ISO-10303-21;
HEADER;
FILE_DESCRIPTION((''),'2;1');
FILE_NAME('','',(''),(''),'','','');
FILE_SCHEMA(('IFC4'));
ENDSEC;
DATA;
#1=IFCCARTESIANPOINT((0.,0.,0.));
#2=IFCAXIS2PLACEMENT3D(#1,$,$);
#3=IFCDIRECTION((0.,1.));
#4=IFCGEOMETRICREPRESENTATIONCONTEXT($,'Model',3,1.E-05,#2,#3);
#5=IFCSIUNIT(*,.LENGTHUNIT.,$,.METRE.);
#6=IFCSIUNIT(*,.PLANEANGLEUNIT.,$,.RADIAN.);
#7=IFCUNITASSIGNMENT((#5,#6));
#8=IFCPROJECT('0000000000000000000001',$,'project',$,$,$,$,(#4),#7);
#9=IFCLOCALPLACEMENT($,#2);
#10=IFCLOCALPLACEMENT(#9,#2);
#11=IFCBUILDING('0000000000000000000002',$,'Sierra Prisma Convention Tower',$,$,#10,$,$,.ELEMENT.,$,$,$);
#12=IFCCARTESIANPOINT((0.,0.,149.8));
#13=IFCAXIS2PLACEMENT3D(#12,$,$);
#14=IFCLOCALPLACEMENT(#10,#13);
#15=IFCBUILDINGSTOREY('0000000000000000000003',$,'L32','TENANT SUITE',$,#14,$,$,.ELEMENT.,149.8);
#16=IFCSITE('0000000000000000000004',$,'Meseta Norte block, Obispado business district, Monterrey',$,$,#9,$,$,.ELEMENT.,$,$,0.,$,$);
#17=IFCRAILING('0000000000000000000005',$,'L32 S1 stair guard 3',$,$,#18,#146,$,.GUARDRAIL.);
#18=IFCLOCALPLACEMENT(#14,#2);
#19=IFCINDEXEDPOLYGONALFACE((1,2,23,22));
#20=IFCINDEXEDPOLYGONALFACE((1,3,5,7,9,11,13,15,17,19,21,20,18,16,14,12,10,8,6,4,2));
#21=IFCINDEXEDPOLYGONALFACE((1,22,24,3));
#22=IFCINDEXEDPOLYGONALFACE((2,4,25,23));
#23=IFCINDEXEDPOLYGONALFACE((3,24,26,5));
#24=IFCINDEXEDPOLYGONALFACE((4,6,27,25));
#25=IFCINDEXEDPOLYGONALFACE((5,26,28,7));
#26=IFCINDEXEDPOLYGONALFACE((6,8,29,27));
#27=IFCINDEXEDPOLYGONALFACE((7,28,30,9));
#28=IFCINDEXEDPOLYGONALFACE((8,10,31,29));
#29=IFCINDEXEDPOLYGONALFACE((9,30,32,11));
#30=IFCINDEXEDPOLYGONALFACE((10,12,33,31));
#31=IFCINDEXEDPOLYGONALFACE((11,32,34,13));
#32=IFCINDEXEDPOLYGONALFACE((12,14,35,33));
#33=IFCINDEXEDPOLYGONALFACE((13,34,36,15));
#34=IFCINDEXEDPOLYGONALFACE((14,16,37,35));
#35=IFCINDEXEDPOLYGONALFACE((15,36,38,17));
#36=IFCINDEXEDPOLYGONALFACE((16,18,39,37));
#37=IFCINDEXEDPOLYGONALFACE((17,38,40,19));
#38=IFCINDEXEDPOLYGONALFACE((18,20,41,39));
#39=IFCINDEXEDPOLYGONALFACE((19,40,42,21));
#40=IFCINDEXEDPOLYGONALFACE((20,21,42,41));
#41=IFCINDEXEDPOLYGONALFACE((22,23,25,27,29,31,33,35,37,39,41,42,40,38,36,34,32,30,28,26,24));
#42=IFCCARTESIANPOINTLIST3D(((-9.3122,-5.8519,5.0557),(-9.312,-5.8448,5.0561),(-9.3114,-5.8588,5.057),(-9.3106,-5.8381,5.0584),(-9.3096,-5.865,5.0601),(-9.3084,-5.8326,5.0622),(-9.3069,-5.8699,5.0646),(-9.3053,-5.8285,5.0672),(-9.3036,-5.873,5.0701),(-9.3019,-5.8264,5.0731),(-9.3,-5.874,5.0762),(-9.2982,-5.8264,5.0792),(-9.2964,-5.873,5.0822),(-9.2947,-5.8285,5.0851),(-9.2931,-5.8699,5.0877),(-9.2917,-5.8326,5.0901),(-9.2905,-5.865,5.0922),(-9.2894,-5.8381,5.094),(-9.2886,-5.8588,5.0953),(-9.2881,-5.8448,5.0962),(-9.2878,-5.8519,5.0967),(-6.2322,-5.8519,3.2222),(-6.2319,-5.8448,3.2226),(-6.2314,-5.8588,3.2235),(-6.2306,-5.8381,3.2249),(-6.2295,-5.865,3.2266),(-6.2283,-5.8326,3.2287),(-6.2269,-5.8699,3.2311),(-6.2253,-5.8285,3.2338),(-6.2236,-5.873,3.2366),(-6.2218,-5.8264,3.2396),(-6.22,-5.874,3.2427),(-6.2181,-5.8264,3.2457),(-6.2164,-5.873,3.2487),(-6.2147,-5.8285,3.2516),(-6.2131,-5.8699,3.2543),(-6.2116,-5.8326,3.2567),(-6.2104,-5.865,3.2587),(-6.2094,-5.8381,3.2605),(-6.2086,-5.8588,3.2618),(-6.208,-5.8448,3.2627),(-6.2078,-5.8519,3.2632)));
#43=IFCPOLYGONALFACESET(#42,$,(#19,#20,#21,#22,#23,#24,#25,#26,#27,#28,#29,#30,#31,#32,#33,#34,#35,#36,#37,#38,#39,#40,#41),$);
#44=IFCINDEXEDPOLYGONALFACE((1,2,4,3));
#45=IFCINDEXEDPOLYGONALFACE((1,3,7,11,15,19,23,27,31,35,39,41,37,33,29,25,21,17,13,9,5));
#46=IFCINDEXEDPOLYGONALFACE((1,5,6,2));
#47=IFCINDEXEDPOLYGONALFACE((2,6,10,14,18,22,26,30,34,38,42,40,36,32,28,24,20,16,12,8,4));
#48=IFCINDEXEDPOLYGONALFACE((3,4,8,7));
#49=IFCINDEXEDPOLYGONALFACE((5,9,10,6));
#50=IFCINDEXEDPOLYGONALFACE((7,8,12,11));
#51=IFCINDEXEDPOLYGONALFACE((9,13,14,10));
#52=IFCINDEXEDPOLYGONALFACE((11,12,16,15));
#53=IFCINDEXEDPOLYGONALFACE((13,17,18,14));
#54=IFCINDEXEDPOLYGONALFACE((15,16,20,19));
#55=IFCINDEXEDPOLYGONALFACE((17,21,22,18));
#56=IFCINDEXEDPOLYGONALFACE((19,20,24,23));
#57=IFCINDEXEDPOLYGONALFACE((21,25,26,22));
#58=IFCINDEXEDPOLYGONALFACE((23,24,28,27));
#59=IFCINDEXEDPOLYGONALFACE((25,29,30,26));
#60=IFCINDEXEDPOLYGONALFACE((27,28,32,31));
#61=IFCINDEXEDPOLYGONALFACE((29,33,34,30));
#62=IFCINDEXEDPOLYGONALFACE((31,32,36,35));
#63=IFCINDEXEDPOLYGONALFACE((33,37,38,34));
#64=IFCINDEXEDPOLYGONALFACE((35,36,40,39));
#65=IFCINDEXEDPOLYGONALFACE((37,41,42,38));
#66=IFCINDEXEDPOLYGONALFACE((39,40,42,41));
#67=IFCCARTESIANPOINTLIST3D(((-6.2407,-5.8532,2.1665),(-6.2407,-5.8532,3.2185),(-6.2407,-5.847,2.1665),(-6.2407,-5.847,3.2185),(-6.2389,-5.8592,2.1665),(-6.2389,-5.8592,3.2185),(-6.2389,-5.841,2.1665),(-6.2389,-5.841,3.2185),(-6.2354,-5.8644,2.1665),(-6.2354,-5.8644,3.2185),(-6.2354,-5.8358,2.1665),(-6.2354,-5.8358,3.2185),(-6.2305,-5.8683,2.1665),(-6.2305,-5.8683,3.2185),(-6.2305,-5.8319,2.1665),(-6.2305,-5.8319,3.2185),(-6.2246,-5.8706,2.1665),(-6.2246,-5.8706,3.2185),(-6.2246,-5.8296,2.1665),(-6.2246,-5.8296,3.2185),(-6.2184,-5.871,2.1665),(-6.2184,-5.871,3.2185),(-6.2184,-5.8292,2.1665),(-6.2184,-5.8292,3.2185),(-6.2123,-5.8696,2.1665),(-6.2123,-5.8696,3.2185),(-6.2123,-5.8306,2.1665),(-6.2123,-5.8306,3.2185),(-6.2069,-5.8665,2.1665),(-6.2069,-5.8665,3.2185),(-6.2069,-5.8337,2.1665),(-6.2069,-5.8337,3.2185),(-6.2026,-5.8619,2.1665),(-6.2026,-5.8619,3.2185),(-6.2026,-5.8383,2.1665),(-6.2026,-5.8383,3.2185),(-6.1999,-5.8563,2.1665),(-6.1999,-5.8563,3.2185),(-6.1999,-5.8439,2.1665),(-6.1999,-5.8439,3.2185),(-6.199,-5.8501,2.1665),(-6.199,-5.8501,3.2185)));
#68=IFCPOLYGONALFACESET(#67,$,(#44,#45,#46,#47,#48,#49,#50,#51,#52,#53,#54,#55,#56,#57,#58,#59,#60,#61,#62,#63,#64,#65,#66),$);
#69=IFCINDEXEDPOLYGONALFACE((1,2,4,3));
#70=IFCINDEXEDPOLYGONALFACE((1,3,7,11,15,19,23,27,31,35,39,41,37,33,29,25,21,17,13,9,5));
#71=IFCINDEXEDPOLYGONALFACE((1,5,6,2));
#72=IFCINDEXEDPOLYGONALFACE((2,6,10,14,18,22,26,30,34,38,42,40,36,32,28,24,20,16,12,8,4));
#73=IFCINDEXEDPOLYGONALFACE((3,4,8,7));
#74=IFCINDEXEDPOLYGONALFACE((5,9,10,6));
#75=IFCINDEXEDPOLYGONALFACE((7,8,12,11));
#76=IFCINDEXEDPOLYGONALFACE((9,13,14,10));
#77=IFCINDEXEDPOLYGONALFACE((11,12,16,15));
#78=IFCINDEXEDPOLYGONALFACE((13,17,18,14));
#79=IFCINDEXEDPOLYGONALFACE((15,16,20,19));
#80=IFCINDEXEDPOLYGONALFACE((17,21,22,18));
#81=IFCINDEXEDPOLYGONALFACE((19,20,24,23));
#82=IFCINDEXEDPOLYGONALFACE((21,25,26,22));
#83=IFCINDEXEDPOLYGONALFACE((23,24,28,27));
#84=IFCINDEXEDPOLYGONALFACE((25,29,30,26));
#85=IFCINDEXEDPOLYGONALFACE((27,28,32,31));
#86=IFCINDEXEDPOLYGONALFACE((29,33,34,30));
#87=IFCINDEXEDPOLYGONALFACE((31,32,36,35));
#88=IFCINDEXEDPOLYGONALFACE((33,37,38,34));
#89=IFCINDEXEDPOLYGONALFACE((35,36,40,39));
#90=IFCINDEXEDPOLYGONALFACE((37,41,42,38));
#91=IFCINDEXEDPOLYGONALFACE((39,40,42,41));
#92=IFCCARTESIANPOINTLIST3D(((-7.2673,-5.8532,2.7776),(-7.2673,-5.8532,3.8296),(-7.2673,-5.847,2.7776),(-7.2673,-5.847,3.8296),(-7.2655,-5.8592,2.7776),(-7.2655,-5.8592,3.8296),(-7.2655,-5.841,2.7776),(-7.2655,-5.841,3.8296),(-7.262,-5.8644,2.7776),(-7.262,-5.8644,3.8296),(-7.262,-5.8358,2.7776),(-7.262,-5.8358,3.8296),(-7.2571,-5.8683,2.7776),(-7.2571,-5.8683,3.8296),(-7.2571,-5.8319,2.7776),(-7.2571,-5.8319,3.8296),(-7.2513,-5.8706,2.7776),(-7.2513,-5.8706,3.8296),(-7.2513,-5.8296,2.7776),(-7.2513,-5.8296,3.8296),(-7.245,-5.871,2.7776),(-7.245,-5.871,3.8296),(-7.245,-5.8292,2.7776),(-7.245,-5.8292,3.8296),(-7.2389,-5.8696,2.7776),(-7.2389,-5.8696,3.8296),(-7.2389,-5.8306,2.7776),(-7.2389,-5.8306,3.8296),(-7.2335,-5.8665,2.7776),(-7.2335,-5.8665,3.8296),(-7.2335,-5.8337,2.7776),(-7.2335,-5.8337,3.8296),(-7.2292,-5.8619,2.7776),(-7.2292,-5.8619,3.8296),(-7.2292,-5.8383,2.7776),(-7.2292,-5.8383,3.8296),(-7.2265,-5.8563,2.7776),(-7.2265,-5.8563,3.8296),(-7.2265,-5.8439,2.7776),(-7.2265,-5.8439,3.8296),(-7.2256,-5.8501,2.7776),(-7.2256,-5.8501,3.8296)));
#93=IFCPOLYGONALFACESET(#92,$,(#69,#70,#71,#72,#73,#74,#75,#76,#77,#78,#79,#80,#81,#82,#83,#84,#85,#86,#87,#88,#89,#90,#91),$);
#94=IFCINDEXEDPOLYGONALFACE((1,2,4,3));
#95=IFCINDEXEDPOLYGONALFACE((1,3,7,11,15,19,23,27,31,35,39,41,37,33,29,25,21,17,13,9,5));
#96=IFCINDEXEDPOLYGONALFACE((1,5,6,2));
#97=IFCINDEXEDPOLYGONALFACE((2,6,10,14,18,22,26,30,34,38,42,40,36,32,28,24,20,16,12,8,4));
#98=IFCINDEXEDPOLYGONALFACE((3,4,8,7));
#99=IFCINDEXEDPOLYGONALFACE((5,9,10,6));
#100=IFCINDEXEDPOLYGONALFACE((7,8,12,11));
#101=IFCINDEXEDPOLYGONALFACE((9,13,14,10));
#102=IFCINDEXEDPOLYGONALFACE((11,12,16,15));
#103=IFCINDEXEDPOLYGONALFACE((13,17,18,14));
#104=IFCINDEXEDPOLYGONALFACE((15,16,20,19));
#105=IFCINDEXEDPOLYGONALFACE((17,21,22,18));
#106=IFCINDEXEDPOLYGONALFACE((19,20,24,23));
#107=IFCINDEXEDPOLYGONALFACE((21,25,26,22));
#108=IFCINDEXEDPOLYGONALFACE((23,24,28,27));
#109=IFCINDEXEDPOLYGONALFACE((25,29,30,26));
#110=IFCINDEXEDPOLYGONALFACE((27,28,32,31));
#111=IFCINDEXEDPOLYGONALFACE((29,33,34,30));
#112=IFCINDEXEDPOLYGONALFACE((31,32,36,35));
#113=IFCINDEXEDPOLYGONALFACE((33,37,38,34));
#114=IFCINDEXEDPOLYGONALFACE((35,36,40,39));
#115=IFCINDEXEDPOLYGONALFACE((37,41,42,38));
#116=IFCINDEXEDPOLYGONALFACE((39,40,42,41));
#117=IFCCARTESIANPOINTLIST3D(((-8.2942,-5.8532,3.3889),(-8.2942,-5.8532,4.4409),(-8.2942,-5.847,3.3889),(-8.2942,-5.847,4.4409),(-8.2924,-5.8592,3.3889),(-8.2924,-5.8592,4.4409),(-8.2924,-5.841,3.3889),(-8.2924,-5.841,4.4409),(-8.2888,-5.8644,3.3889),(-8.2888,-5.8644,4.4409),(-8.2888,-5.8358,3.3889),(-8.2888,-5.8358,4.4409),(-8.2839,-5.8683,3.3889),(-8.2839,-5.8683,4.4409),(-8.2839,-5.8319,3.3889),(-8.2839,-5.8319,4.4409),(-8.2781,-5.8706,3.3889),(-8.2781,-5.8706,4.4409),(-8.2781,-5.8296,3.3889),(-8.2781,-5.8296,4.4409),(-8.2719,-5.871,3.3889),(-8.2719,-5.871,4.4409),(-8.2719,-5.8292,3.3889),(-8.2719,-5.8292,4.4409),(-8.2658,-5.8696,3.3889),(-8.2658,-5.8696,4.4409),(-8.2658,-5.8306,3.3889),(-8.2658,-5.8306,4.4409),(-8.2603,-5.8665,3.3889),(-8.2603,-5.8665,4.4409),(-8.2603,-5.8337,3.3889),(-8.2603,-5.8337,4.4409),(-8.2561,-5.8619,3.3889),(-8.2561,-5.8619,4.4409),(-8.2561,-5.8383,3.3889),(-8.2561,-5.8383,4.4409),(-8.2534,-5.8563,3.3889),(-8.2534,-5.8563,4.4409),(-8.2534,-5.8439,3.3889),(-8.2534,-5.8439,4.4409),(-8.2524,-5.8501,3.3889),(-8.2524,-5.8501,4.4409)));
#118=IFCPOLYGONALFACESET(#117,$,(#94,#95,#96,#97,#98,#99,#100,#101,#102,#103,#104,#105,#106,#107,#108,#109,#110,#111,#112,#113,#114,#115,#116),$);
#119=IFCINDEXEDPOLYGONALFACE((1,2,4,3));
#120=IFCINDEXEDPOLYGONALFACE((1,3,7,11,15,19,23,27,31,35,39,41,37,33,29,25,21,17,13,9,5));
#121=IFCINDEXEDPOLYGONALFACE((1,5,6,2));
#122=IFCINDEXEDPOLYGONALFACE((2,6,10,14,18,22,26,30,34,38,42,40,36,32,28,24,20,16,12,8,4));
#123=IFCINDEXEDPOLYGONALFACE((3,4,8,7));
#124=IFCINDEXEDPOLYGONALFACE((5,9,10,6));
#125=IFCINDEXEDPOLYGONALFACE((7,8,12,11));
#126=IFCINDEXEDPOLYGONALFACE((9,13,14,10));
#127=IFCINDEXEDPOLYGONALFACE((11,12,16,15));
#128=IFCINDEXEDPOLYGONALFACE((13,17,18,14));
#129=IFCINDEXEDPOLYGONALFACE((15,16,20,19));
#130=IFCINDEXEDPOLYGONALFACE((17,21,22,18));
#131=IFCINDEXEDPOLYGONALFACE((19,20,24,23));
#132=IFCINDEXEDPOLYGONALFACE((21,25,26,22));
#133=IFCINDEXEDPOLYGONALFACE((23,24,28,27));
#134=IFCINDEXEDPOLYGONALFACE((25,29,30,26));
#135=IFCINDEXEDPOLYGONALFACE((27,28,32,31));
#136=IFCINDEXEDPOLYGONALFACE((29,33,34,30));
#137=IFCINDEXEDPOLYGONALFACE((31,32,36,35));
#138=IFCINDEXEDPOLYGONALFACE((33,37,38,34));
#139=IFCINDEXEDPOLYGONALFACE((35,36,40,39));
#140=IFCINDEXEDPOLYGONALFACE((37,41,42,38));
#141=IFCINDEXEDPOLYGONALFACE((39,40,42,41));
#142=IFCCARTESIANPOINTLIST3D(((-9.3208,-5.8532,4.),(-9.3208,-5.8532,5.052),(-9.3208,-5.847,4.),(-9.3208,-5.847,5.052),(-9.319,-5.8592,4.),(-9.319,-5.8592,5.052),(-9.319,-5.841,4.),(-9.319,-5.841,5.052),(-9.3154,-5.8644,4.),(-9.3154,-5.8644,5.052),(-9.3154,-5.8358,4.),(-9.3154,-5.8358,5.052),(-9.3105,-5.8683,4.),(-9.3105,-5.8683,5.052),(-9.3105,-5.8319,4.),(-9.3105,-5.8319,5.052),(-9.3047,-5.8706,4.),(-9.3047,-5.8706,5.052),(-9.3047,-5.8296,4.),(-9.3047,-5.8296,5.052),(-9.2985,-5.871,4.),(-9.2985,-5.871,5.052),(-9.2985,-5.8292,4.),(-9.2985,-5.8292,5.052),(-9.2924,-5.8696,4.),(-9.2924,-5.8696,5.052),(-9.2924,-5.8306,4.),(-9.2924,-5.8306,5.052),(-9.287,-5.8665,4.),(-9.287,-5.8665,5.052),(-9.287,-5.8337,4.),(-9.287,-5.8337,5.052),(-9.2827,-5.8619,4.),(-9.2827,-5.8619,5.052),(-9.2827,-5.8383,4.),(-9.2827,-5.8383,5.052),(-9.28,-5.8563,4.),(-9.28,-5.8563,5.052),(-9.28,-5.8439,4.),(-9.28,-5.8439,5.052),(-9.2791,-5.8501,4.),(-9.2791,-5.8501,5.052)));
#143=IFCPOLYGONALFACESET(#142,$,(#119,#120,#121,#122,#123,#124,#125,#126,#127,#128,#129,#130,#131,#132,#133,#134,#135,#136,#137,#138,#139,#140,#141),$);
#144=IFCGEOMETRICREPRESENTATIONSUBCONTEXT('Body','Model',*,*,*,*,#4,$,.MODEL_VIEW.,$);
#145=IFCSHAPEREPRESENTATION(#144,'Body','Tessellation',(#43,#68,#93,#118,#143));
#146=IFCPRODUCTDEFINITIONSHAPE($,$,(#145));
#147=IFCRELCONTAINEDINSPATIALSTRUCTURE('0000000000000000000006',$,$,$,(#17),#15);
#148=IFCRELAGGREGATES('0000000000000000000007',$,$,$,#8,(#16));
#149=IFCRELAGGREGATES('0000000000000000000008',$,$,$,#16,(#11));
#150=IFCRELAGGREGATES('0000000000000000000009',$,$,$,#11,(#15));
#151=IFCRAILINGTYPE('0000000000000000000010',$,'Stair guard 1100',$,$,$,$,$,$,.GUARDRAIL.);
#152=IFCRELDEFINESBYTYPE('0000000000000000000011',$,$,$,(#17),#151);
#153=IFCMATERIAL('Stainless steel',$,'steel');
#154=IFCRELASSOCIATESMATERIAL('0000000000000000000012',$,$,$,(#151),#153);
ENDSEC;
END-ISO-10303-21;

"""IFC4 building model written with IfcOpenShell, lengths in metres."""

from ifc_helpers import new_model, si_unit, direction, frame, origin, origin_2d, place, context, subcontext, project, spatial, circle, extrude, material, type_object, element, save


model = new_model("IFC4")

# Units and contexts
model_context = context("Model", 3, precision=1e-05, world=origin(), true_north=direction((0.0, 1.0)))
body_context = subcontext(model_context, "Body", "Model", "MODEL_VIEW")
ifc_project = project(units=[si_unit("LENGTHUNIT", "METRE"), si_unit("PLANEANGLEUNIT", "RADIAN")], contexts=[model_context])

# Site, building, storey
site_placement = place(None, origin())
site = spatial("IfcSite", under=ifc_project, at=site_placement, Name="Meseta Norte block, Obispado business district, Monterrey", CompositionType="ELEMENT", RefElevation=0.0)
building_placement = place(site_placement, origin())
building = spatial("IfcBuilding", under=site, at=building_placement, Name="Sierra Prisma Convention Tower", CompositionType="ELEMENT")
storey_placement = place(building_placement, frame((0.0, 0.0, 149.8)))
storey = spatial("IfcBuildingStorey", under=building, at=storey_placement, Name="L32", Description="TENANT SUITE", CompositionType="ELEMENT", Elevation=149.8)

# Railing
ifc_material_1 = material(Name="Stainless steel", Category="steel")
railing_type_1 = type_object("IfcRailingType", Name="Stair guard 1100", PredefinedType="GUARDRAIL", material=ifc_material_1)
railing_1_placement = place(storey_placement, frame((-6.22, -5.8501, 2.1665)))
element("IfcRailing", 1, at=railing_1_placement, inside=storey, type_object=railing_type_1, Name="L32 S1 stair guard 3", PredefinedType="GUARDRAIL", context=body_context, shape_type="SweptSolid", body=[
    extrude(circle(Radius=0.0239, at=origin_2d()), frame((0.0, 0.0, 1.0762), z_axis=(-0.859279, 0.0, 0.511508), x_axis=(0.0, -1.0, 0.0)), (0.0, 0.0, 1.0), 3.5845),
    extrude(circle(Radius=0.021, at=origin_2d()), origin(), (0.0, 0.0, 1.0), 1.052),
    extrude(circle(Radius=0.021, at=origin_2d()), frame((-1.0266, 0.0, 0.6111)), (0.0, 0.0, 1.0), 1.052),
    extrude(circle(Radius=0.021, at=origin_2d()), frame((-2.0535, 0.0, 1.2224)), (0.0, 0.0, 1.0), 1.052),
    extrude(circle(Radius=0.021, at=origin_2d()), frame((-3.0801, 0.0, 1.8335)), (0.0, 0.0, 1.0), 1.052),
])

save(model, "model.ifc")
